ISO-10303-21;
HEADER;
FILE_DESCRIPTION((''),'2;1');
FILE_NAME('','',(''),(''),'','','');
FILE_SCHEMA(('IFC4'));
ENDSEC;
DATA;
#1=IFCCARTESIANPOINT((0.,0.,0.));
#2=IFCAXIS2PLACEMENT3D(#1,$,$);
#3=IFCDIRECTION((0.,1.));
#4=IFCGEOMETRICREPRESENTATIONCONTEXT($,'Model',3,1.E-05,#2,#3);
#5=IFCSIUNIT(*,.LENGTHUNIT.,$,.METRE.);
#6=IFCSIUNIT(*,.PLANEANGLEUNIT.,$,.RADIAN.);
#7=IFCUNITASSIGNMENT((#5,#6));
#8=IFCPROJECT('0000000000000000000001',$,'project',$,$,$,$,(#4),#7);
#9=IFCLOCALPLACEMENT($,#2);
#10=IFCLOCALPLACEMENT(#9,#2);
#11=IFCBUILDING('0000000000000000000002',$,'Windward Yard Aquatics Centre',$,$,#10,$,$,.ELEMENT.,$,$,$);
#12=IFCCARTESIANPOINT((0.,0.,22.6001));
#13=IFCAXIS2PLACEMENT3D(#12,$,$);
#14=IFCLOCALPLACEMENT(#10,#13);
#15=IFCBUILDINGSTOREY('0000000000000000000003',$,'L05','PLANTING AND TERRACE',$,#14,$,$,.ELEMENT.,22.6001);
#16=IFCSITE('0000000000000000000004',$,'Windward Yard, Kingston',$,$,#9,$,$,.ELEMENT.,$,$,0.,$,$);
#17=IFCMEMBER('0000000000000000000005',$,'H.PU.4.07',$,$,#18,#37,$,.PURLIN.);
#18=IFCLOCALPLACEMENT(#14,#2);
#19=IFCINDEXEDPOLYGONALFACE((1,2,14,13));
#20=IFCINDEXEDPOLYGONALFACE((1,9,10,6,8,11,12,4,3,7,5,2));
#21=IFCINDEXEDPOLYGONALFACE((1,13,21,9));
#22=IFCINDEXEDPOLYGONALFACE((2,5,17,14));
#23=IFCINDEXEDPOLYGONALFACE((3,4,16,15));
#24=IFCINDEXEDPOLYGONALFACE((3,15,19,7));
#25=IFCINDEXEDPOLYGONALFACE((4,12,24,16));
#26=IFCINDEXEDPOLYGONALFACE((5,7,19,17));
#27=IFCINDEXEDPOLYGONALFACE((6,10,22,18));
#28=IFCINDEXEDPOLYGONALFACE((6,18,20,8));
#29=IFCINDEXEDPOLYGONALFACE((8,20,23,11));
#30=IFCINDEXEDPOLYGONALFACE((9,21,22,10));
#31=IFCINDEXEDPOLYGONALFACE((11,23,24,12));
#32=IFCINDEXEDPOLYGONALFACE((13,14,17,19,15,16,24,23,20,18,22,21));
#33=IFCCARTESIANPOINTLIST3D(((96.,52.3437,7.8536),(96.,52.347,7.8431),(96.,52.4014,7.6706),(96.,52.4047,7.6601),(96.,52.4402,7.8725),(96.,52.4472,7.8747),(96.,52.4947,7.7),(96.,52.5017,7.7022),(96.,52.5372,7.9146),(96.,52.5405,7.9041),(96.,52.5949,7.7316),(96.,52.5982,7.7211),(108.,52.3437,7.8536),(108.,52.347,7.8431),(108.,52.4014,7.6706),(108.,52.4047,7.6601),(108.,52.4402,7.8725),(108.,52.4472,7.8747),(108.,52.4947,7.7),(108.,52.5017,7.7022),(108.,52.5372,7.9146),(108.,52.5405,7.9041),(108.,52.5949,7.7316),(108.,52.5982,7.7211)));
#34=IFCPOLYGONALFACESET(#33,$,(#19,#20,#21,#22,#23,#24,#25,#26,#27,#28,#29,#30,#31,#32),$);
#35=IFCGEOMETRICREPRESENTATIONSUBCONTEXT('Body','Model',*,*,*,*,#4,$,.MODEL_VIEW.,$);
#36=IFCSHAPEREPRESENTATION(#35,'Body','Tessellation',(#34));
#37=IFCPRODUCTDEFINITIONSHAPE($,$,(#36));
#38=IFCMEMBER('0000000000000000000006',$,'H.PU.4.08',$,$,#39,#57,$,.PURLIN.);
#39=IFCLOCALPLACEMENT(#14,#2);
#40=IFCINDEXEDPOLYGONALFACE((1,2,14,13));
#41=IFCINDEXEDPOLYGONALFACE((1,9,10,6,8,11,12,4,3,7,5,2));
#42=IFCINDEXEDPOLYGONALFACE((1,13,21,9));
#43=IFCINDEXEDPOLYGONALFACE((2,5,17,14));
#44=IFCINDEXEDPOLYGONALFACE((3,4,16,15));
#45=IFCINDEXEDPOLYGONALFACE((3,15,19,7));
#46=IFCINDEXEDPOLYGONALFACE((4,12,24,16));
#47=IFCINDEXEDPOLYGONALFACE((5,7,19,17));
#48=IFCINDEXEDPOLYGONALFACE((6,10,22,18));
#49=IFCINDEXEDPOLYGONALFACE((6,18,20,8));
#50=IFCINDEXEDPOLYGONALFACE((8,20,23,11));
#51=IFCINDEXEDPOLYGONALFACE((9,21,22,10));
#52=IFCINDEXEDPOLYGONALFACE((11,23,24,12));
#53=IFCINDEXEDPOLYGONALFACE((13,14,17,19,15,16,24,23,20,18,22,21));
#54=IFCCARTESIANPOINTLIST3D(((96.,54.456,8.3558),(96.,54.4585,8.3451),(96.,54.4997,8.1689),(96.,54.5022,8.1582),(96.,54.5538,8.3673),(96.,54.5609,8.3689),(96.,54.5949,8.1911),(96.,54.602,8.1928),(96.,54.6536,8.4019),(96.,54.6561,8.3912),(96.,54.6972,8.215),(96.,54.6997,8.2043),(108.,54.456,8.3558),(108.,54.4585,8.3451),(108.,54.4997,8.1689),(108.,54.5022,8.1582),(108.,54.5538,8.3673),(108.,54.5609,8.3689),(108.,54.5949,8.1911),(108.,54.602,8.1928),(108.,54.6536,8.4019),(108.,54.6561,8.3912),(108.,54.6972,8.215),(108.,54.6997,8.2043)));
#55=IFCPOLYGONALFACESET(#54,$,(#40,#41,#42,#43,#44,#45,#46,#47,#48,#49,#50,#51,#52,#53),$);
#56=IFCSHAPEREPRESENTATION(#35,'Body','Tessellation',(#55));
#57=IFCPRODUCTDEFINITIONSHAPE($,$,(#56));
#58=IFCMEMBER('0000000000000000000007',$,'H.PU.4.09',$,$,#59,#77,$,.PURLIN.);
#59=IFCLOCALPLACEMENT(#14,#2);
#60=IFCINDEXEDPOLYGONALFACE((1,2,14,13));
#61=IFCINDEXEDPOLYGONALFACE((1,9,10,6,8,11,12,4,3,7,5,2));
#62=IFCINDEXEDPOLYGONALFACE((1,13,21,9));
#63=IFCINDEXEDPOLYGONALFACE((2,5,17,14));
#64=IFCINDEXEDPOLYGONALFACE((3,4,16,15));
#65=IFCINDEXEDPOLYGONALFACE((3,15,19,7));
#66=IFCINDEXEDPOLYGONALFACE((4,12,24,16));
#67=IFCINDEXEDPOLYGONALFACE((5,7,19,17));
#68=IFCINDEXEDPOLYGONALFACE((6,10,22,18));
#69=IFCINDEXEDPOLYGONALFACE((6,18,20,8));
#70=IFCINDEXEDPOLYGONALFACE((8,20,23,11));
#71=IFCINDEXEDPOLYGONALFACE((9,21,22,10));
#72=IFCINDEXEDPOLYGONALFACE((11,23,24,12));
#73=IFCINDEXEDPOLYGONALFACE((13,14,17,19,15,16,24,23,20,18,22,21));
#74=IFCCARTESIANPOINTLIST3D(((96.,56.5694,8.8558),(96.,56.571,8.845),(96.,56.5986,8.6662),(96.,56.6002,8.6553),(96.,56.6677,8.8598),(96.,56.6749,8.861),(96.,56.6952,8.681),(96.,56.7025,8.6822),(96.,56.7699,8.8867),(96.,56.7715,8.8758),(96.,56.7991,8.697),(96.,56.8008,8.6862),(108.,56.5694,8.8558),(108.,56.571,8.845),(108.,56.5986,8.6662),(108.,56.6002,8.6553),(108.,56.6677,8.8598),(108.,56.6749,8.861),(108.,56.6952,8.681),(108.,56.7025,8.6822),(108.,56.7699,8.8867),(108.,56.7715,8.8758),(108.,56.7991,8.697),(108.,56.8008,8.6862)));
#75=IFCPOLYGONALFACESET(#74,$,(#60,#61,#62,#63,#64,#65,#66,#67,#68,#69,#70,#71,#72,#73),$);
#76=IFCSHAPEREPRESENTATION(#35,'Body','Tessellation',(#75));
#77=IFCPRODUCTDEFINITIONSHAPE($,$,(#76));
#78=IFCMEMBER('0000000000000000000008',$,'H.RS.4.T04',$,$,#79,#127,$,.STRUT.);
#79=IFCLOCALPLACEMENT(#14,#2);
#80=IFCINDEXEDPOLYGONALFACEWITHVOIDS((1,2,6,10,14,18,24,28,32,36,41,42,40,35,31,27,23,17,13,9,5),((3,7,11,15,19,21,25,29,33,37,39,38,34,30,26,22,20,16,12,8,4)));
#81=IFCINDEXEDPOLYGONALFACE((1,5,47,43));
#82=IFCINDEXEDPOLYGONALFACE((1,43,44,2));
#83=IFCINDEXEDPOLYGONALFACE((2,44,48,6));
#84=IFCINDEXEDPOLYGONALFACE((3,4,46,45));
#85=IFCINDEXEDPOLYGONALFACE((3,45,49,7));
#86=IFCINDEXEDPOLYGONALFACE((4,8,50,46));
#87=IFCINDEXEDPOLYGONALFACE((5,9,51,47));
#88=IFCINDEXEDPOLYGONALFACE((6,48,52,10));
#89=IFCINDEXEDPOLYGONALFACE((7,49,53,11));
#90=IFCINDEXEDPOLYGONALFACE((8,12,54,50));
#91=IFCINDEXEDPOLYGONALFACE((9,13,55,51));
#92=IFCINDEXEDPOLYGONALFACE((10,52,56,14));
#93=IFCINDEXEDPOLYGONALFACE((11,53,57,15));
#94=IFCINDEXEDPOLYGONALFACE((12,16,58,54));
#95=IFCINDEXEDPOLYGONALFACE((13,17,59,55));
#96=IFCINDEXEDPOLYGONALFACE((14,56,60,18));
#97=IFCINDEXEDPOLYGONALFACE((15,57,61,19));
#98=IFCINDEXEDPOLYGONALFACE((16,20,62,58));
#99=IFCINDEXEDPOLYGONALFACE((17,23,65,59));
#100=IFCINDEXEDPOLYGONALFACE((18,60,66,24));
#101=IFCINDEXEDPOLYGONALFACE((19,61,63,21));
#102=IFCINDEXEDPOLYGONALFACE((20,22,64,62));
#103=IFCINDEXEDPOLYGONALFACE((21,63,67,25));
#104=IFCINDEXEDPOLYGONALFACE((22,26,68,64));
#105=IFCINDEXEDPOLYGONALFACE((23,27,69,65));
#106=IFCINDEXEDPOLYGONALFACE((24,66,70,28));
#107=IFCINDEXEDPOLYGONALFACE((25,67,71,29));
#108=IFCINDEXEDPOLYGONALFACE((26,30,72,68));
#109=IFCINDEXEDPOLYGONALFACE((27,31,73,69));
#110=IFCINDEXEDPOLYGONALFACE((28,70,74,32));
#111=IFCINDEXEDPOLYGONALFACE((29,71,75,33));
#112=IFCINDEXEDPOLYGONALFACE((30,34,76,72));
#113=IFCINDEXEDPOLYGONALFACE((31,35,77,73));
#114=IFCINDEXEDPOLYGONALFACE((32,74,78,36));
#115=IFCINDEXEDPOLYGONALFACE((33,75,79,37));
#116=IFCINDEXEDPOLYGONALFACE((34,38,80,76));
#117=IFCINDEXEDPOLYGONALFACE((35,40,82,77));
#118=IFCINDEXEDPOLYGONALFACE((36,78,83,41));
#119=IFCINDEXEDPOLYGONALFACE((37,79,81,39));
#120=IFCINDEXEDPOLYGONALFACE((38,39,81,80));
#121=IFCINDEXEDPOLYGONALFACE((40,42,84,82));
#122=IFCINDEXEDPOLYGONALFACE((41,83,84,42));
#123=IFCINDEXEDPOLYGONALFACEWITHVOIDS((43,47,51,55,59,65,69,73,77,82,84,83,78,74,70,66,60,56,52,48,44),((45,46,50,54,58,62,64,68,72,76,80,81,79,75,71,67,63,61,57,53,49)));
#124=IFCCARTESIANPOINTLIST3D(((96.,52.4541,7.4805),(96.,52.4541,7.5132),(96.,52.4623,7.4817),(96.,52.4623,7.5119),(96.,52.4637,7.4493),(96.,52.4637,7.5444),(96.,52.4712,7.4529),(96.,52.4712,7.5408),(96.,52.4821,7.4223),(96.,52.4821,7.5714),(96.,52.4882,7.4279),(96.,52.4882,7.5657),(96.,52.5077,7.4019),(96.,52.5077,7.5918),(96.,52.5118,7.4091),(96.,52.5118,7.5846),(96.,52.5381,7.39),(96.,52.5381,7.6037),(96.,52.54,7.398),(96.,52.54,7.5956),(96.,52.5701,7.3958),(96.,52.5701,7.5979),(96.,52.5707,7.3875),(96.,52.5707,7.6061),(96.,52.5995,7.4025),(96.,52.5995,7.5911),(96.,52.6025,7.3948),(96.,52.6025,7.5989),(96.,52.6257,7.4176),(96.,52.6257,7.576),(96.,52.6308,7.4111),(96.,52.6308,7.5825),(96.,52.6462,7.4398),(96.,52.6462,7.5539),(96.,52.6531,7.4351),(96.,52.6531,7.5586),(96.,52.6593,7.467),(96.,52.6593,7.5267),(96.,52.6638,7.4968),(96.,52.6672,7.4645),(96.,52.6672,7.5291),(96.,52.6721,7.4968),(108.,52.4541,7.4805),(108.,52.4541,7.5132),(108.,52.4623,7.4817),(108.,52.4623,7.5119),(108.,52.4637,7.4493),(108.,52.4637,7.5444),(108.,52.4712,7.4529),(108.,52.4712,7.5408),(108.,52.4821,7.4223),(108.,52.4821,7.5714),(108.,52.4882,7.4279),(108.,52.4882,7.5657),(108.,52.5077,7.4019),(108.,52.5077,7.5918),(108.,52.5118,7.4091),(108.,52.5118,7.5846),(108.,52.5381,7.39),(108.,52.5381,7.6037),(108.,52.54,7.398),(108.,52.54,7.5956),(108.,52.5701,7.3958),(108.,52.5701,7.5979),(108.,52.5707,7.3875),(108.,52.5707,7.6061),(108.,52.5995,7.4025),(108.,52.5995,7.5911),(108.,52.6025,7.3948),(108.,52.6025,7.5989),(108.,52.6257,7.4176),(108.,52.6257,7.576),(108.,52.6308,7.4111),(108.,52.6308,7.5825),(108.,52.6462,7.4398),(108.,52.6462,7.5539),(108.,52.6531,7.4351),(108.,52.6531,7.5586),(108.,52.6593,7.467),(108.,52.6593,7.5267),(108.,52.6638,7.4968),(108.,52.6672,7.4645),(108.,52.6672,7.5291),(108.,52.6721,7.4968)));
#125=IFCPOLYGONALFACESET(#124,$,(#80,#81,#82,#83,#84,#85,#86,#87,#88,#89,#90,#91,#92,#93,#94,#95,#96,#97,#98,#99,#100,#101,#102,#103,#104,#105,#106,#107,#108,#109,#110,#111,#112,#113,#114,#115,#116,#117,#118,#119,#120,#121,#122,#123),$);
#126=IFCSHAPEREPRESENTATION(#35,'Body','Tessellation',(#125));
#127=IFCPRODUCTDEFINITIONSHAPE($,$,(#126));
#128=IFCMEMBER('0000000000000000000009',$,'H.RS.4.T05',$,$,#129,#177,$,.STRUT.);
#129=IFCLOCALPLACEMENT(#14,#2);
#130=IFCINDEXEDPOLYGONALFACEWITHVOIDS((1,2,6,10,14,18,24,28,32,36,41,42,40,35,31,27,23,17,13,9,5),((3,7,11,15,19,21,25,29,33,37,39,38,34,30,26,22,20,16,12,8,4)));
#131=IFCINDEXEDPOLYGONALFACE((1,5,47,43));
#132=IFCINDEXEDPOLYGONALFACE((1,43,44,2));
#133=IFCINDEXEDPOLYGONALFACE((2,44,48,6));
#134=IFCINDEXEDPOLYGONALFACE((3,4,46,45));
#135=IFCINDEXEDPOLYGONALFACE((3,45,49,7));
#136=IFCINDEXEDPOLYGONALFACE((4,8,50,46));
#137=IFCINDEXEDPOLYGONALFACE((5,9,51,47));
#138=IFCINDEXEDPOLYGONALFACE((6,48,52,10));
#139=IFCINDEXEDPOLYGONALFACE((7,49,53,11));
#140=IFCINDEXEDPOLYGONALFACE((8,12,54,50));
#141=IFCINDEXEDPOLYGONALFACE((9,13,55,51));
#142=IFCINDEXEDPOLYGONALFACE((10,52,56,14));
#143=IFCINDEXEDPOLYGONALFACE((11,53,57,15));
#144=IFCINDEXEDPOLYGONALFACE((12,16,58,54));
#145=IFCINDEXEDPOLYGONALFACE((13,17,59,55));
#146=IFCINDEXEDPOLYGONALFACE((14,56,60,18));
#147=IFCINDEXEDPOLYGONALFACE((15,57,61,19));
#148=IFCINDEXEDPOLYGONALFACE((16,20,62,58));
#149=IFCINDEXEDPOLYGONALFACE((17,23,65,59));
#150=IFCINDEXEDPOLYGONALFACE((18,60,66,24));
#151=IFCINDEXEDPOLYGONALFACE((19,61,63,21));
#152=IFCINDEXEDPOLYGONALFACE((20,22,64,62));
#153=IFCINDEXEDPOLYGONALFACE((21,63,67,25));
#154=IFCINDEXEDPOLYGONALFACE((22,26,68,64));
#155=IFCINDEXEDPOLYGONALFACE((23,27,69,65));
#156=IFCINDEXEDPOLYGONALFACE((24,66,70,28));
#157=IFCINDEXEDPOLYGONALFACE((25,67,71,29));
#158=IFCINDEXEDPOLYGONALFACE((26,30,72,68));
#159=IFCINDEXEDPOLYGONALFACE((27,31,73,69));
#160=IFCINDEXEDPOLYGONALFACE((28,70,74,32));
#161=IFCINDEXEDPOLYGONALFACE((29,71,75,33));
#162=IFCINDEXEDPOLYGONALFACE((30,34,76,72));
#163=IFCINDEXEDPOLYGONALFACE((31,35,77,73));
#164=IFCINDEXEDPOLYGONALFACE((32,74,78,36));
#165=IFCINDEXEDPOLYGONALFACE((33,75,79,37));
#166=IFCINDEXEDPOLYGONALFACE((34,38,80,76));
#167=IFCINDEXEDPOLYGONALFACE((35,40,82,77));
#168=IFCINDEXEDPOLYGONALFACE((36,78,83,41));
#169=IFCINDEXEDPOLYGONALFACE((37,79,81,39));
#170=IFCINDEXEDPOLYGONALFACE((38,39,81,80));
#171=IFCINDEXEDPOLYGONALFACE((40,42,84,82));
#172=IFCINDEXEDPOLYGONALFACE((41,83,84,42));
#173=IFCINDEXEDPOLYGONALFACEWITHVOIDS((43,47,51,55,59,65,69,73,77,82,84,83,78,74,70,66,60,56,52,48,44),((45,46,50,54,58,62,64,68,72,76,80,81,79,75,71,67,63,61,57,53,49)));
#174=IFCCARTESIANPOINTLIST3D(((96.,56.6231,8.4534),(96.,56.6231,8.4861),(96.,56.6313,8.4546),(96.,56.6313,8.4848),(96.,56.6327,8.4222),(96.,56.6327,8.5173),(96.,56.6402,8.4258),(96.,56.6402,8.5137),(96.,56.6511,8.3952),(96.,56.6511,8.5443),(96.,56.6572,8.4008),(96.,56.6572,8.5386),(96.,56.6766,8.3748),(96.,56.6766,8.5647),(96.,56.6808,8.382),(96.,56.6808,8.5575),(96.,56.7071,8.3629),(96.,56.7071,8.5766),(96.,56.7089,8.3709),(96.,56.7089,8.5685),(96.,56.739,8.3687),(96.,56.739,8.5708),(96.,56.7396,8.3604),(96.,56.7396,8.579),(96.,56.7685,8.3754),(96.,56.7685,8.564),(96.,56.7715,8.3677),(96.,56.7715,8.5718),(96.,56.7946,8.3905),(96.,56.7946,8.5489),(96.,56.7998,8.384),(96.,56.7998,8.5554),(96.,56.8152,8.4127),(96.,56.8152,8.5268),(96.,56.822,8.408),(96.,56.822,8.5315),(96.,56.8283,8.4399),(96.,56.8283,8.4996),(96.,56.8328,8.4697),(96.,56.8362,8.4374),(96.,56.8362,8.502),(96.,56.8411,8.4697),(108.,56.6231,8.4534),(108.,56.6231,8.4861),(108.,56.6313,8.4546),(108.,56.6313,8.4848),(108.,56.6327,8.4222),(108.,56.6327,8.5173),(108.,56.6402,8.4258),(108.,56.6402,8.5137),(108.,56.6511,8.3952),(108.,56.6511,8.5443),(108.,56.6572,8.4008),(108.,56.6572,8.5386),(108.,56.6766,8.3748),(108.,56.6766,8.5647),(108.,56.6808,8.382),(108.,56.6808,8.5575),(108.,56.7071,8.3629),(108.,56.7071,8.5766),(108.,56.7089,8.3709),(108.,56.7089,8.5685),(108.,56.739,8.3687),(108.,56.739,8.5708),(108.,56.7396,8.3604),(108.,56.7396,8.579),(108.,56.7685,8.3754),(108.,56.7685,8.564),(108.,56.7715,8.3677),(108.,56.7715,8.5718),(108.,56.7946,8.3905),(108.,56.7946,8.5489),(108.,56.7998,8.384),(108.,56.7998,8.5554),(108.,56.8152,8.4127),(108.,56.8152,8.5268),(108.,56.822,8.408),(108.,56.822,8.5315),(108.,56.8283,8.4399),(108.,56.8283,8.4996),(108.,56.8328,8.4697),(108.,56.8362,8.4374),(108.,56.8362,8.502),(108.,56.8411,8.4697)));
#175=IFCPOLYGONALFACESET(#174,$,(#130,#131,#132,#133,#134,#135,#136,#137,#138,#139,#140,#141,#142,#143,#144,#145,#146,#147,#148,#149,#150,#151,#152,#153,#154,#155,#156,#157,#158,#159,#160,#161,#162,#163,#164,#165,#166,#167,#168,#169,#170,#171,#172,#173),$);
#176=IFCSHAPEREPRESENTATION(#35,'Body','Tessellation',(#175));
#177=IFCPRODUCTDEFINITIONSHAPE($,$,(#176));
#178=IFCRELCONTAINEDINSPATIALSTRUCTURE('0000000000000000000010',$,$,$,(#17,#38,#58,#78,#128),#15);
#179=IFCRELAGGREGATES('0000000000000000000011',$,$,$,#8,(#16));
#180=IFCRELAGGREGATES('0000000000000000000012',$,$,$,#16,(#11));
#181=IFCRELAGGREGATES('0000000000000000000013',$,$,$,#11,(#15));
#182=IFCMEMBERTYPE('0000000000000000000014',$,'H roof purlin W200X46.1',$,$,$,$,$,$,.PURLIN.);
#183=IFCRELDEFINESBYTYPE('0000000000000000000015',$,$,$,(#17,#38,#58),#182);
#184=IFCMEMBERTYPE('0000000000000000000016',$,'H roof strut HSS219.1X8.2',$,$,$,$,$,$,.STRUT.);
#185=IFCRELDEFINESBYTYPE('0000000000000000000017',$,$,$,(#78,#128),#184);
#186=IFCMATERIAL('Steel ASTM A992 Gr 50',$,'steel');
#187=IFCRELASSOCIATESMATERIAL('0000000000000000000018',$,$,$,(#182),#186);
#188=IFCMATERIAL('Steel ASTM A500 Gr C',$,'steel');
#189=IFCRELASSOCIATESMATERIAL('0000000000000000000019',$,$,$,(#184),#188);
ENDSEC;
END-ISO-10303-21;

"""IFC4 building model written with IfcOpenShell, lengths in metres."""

from ifc_helpers import new_model, si_unit, direction, frame, origin, origin_2d, place, context, subcontext, project, spatial, hollow_circle, i_section, extrude, material, material_profile, profile_set, type_object, element, save


model = new_model("IFC4")

# Units and contexts
model_context = context("Model", 3, precision=1e-05, world=origin(), true_north=direction((0.0, 1.0)))
body_context = subcontext(model_context, "Body", "Model", "MODEL_VIEW")
ifc_project = project(units=[si_unit("LENGTHUNIT", "METRE"), si_unit("PLANEANGLEUNIT", "RADIAN")], contexts=[model_context])

# Site, building, storey
site_placement = place(None, origin())
site = spatial("IfcSite", under=ifc_project, at=site_placement, Name="Windward Yard, Kingston", CompositionType="ELEMENT", RefElevation=0.0)
building_placement = place(site_placement, origin())
building = spatial("IfcBuilding", under=site, at=building_placement, Name="Windward Yard Aquatics Centre", CompositionType="ELEMENT")
storey_placement = place(building_placement, frame((0.0, 0.0, 22.6001)))
storey = spatial("IfcBuildingStorey", under=building, at=storey_placement, Name="L05", Description="PLANTING AND TERRACE", CompositionType="ELEMENT", Elevation=22.6001)

# Members
ifc_material_1 = material(Name="Steel ASTM A500 Gr C", Category="steel")
ifc_material_2 = material(Name="Steel ASTM A992 Gr 50", Category="steel")
ifc_material_profile_1 = material_profile(ifc_material_2, i_section(OverallWidth=0.2029, OverallDepth=0.2029, WebThickness=0.0073, FlangeThickness=0.011, at=origin_2d()), Name="W200X46.1")
ifc_profile_set_1 = profile_set([ifc_material_profile_1], Name="Steel ASTM A992 Gr 50")
member_type_1 = type_object("IfcMemberType", Name="H roof purlin W200X46.1", PredefinedType="PURLIN", material=ifc_profile_set_1)
for number, where, z_axis, x_axis, name in (
    (1, (96.0, 52.4709, 7.7874), (1.0, 0.0, 0.0), (0.0, 0.953633, 0.300973), "H.PU.4.07"),
    (2, (96.0, 54.5779, 8.28), (1.0, 0.0, 0.0), (0.0, 0.973829, 0.227281), "H.PU.4.08"),
    (3, (96.0, 56.6851, 8.771), (1.0, 0.0, 0.0), (0.0, 0.98834, 0.152262), "H.PU.4.09"),
):
    element("IfcMember", number, at=place(storey_placement, frame(where, z_axis=z_axis, x_axis=x_axis)), inside=storey, type_object=member_type_1, Name=name, PredefinedType="PURLIN", context=body_context, shape_type="SweptSolid", body=[
        extrude(i_section(OverallWidth=0.2029, OverallDepth=0.2029, WebThickness=0.0073, FlangeThickness=0.011, at=origin_2d()), origin(), (0.0, 0.0, 1.0), 12.0),
    ])
ifc_material_profile_2 = material_profile(ifc_material_1, hollow_circle(Radius=0.1096, WallThickness=0.0083, at=origin_2d()), Name="HSS219.1X8.2")
ifc_profile_set_2 = profile_set([ifc_material_profile_2], Name="Steel ASTM A500 Gr C")
member_type_2 = type_object("IfcMemberType", Name="H roof strut HSS219.1X8.2", PredefinedType="STRUT", material=ifc_profile_set_2)
for number, where, z_axis, x_axis, name in (
    (4, (96.0, 52.5625, 7.4968), (1.0, 0.0, 0.0), (0.0, 1.0, 0.0), "H.RS.4.T04"),
    (5, (96.0, 56.7314, 8.4697), (1.0, 0.0, 0.0), (0.0, 1.0, 0.0), "H.RS.4.T05"),
):
    element("IfcMember", number, at=place(storey_placement, frame(where, z_axis=z_axis, x_axis=x_axis)), inside=storey, type_object=member_type_2, Name=name, PredefinedType="STRUT", context=body_context, shape_type="SweptSolid", body=[
        extrude(hollow_circle(Radius=0.1096, WallThickness=0.0083, at=origin_2d()), origin(), (0.0, 0.0, 1.0), 12.0),
    ])

save(model, "model.ifc")
